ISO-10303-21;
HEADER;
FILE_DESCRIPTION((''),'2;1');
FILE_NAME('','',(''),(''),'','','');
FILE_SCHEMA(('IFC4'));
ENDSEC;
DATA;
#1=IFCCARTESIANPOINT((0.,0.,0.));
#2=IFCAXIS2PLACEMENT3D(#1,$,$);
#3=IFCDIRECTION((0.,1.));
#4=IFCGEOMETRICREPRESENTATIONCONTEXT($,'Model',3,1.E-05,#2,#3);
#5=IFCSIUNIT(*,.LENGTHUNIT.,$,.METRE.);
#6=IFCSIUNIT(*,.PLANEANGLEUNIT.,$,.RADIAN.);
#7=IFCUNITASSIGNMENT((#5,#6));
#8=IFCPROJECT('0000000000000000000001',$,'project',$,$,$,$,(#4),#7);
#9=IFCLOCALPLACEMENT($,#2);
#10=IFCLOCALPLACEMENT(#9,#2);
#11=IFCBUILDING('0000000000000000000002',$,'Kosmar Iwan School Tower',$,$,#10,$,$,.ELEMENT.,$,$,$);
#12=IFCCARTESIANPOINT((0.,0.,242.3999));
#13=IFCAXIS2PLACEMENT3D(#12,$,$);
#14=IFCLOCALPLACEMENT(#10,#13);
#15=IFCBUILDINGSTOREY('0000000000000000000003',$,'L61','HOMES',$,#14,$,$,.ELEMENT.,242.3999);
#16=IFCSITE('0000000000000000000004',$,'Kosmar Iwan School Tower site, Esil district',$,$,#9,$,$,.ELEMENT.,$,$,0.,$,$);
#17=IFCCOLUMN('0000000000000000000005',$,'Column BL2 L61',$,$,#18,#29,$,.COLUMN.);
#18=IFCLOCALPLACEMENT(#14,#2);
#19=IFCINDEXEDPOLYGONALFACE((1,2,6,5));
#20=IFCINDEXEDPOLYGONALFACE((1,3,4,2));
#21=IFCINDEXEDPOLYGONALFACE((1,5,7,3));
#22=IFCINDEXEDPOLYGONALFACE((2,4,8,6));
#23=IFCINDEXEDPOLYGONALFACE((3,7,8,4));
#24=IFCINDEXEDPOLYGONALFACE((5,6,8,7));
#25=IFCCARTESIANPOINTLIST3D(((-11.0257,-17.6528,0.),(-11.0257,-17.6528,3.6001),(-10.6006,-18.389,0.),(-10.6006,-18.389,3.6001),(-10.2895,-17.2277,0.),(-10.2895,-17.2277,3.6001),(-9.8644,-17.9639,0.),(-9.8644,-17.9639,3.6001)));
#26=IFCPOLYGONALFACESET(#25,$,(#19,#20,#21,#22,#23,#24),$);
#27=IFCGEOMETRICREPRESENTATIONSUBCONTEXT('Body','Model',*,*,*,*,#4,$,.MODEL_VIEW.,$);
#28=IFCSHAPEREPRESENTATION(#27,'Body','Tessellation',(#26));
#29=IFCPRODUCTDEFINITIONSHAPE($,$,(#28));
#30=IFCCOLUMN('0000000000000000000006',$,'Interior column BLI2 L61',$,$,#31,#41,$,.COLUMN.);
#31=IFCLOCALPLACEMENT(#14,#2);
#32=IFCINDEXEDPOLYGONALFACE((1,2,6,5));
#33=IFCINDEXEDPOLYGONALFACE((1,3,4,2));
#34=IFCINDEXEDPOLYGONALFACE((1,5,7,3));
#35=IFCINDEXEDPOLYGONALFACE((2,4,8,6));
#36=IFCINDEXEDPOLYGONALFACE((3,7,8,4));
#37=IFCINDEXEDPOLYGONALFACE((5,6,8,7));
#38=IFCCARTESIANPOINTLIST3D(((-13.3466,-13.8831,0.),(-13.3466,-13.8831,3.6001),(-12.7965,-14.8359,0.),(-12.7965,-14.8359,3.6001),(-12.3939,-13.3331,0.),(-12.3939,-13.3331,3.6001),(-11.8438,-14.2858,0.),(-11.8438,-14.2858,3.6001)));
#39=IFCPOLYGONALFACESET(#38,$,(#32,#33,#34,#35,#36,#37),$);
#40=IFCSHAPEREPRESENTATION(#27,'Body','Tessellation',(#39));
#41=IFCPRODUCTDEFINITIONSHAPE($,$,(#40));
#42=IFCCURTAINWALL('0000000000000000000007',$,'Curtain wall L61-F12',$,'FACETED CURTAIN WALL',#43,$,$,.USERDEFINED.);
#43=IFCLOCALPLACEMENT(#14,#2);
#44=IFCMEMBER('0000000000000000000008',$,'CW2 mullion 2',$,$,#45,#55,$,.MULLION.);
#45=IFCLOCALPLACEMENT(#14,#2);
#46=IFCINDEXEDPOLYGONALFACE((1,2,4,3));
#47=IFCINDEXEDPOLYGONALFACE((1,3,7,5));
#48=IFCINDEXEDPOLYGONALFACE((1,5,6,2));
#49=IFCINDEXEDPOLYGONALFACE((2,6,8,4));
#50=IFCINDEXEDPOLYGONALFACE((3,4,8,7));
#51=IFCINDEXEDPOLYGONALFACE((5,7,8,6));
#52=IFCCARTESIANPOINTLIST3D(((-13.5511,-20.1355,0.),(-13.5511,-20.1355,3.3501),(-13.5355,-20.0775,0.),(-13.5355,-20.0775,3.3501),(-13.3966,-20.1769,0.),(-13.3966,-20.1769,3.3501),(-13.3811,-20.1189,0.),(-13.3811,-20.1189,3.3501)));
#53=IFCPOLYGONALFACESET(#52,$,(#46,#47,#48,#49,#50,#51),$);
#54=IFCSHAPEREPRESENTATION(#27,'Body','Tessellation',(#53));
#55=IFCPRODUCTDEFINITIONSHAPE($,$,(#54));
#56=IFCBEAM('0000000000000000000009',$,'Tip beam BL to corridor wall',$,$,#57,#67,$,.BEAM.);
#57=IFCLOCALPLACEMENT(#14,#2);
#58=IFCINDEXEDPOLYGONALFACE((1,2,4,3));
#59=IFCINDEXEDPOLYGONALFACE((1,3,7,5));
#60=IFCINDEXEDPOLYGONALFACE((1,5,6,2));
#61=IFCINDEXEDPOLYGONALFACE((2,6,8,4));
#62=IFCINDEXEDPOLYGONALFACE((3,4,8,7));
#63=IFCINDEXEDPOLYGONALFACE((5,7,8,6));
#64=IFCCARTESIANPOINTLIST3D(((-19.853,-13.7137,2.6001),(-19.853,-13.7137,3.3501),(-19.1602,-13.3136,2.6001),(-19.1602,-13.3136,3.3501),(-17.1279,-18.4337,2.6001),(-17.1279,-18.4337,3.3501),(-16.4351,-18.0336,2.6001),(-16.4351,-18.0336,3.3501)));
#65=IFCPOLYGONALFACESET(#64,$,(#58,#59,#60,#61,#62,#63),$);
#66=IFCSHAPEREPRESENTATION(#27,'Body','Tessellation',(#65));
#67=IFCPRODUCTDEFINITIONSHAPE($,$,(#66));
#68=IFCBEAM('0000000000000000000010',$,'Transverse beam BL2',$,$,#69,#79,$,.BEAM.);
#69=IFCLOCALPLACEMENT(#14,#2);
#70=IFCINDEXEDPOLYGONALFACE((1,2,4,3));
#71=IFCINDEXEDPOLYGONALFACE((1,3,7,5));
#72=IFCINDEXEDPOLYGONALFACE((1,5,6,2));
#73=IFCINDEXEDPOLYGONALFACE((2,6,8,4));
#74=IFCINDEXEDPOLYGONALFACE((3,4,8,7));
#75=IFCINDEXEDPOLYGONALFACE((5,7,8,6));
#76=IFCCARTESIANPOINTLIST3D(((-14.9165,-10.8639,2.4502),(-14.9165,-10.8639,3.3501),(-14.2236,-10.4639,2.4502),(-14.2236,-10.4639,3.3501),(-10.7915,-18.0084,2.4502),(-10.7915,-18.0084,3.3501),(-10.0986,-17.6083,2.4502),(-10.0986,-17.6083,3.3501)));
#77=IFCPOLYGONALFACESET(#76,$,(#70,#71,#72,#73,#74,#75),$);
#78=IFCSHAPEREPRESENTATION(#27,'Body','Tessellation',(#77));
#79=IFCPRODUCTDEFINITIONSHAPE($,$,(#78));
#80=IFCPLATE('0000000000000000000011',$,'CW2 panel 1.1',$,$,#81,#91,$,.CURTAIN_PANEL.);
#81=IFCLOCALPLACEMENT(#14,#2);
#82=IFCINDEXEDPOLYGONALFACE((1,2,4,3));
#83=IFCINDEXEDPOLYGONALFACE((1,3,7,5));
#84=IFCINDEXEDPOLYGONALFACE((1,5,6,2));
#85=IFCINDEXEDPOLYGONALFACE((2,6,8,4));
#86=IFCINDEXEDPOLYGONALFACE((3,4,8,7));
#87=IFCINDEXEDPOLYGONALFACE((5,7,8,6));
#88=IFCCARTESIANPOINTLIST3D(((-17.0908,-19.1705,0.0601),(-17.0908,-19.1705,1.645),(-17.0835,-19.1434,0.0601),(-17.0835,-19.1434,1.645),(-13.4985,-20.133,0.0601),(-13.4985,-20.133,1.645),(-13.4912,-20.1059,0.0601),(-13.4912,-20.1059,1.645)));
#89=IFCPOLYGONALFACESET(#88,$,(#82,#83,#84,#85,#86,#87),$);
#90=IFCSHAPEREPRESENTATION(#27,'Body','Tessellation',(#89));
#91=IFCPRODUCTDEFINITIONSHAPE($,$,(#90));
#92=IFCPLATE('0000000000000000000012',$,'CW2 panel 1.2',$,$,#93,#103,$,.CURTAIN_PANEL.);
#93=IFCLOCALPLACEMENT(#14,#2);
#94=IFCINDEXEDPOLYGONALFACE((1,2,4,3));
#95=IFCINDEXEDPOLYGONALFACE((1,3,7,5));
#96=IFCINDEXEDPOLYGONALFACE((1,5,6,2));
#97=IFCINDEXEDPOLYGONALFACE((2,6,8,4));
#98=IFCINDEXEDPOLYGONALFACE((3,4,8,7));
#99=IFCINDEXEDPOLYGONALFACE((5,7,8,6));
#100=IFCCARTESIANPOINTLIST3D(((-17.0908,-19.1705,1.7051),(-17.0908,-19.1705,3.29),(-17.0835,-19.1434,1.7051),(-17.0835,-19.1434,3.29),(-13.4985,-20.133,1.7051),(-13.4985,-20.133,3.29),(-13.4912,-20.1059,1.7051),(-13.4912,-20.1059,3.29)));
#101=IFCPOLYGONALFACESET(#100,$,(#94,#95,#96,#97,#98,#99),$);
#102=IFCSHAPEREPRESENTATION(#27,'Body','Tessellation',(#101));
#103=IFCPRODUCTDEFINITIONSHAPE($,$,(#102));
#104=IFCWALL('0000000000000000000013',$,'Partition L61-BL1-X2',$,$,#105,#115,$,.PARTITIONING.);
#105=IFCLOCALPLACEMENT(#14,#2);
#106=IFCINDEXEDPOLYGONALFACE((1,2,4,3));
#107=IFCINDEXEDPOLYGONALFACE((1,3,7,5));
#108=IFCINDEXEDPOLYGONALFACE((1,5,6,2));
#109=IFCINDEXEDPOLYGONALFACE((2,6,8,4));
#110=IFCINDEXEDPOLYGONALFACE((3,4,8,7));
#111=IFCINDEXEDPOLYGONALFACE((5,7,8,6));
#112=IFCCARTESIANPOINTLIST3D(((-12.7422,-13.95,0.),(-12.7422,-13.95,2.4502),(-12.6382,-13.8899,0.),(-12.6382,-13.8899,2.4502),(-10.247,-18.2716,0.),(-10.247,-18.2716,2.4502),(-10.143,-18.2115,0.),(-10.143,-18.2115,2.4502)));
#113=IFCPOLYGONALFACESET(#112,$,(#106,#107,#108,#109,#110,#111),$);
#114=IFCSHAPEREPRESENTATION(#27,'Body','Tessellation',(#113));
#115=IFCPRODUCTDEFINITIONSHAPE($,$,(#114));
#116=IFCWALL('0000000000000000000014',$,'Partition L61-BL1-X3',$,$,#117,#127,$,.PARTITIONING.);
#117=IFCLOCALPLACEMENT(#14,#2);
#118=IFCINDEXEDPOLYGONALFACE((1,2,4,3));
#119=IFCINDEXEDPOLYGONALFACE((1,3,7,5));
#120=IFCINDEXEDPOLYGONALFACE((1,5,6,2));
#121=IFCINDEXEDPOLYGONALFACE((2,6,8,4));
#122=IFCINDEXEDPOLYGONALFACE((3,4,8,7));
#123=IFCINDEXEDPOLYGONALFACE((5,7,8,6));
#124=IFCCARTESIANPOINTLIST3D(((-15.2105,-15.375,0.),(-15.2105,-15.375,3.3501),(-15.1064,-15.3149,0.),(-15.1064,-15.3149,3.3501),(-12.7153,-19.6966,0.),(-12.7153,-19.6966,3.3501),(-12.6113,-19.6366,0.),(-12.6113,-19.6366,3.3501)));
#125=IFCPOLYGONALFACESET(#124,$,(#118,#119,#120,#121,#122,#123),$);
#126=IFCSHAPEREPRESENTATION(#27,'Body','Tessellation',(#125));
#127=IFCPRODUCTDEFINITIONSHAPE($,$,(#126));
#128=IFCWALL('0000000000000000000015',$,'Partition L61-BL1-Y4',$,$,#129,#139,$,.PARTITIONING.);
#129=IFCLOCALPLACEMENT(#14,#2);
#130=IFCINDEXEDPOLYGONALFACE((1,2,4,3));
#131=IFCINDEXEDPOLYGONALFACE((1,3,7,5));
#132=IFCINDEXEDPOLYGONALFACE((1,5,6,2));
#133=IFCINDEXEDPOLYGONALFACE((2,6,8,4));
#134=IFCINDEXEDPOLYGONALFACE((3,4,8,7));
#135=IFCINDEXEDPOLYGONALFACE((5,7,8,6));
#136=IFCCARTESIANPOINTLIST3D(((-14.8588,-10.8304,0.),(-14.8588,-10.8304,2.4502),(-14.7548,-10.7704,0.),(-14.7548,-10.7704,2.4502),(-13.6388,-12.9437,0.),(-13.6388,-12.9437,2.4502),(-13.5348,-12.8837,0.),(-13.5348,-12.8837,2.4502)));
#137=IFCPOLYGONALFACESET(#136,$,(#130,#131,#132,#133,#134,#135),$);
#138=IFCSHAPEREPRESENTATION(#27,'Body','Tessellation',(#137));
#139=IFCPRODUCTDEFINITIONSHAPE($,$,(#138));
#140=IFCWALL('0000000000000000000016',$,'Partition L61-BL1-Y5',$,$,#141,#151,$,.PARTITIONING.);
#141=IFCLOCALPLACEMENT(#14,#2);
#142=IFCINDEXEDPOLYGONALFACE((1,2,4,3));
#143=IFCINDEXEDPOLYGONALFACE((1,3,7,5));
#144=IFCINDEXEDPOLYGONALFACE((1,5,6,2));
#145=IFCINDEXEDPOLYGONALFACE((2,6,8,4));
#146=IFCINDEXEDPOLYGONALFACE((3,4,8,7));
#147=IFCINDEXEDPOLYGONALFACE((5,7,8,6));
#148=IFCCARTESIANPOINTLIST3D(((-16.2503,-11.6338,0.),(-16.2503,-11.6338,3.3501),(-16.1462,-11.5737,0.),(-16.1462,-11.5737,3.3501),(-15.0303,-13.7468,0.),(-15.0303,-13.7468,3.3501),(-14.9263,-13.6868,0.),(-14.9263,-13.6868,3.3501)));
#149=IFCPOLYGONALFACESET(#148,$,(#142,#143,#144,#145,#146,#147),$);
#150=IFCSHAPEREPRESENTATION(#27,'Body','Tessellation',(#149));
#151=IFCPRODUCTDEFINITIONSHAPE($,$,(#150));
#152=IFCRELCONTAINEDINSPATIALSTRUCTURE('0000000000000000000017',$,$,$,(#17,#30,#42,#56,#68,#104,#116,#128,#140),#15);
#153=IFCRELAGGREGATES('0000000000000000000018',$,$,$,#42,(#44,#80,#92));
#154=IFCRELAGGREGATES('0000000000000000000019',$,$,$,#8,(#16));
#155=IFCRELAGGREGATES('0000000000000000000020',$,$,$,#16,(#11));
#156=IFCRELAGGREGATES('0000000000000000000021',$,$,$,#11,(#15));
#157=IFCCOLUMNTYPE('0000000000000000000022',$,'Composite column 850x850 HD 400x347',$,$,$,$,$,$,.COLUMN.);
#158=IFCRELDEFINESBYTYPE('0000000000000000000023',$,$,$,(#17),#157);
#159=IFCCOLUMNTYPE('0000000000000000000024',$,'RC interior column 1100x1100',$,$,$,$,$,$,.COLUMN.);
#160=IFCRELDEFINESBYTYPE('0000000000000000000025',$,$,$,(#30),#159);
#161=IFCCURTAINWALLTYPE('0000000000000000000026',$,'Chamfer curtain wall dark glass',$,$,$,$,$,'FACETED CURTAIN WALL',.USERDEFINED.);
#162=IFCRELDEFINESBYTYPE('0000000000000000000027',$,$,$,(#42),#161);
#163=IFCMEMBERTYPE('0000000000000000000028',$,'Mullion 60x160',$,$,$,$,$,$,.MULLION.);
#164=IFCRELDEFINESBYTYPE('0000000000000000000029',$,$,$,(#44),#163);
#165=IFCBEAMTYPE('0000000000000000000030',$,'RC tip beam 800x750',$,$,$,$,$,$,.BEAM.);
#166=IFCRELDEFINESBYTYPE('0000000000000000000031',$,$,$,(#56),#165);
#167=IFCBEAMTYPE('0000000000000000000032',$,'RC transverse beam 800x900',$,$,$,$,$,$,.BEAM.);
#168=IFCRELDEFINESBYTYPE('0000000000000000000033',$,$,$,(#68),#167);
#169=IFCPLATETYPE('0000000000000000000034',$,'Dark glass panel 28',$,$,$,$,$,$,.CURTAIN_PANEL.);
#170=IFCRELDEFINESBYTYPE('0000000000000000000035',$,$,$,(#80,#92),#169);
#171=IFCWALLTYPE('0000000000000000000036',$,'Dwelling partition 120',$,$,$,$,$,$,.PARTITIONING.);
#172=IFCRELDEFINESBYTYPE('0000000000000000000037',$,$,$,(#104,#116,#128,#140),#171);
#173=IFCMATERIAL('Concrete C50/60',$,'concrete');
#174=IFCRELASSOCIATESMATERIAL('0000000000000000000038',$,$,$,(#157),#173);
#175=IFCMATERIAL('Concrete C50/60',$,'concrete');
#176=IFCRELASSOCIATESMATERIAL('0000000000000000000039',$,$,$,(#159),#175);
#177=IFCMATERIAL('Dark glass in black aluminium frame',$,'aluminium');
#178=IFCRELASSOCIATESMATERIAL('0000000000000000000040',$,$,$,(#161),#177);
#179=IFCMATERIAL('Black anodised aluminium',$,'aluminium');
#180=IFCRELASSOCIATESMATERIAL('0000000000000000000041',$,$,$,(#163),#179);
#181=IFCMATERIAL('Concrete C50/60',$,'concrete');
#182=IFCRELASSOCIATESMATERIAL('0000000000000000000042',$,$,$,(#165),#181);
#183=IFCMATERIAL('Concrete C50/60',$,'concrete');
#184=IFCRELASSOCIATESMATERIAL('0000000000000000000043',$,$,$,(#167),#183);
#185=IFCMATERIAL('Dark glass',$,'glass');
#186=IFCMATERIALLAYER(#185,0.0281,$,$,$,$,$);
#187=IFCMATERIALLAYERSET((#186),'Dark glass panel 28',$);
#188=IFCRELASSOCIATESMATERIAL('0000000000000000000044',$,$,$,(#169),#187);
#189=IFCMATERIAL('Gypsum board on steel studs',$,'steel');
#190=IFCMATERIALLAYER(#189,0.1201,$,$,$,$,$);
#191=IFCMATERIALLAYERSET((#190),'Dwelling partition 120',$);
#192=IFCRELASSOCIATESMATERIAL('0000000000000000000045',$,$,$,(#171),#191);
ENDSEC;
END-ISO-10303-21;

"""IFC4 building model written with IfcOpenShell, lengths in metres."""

from ifc_helpers import new_model, si_unit, direction, frame, frame_2d, origin, origin_2d, place, context, subcontext, project, spatial, rectangle, extrude, material, layer, layer_set, material_profile, profile_set, type_object, element, aggregate, save


model = new_model("IFC4")

# Units and contexts
model_context = context("Model", 3, precision=1e-05, world=origin(), true_north=direction((0.0, 1.0)))
body_context = subcontext(model_context, "Body", "Model", "MODEL_VIEW")
ifc_project = project(units=[si_unit("LENGTHUNIT", "METRE"), si_unit("PLANEANGLEUNIT", "RADIAN")], contexts=[model_context])

# Site, building, storey
site_placement = place(None, origin())
site = spatial("IfcSite", under=ifc_project, at=site_placement, Name="Kosmar Iwan School Tower site, Esil district", CompositionType="ELEMENT", RefElevation=0.0)
building_placement = place(site_placement, origin())
building = spatial("IfcBuilding", under=site, at=building_placement, Name="Kosmar Iwan School Tower", CompositionType="ELEMENT")
storey_placement = place(building_placement, frame((0.0, 0.0, 242.3999)))
storey = spatial("IfcBuildingStorey", under=building, at=storey_placement, Name="L61", Description="HOMES", CompositionType="ELEMENT", Elevation=242.3999)

# Columns
ifc_material_1 = material(Name="Concrete C50/60", Category="concrete")
ifc_material_profile_1 = material_profile(ifc_material_1, rectangle(XDim=0.8501, YDim=0.8501, at=origin_2d()), Name="RC 850x850 + HD 400x347")
ifc_profile_set_1 = profile_set([ifc_material_profile_1], Name="Concrete C50/60")
column_type_1 = type_object("IfcColumnType", Name="Composite column 850x850 HD 400x347", PredefinedType="COLUMN", material=ifc_profile_set_1)
column_1_placement = place(storey_placement, frame((-10.4451, -17.8083, 0.0), z_axis=(0.0, 0.0, 1.0), x_axis=(-0.866025, -0.5, 0.0)))
element("IfcColumn", 1, at=column_1_placement, inside=storey, type_object=column_type_1, Name="Column BL2 L61", PredefinedType="COLUMN", context=body_context, shape_type="SweptSolid", body=[
    extrude(rectangle(XDim=0.8501, YDim=0.8501, at=origin_2d()), origin(), (0.0, 0.0, 1.0), 3.6001),
])
ifc_material_2 = material(Name="Concrete C50/60", Category="concrete")
ifc_material_profile_2 = material_profile(ifc_material_2, rectangle(XDim=1.1001, YDim=1.1001, at=origin_2d()), Name="RC 1100x1100")
ifc_profile_set_2 = profile_set([ifc_material_profile_2], Name="Concrete C50/60")
column_type_2 = type_object("IfcColumnType", Name="RC interior column 1100x1100", PredefinedType="COLUMN", material=ifc_profile_set_2)
column_2_placement = place(storey_placement, frame((-12.5952, -14.0845, 0.0), z_axis=(0.0, 0.0, 1.0), x_axis=(-0.866025, -0.5, 0.0)))
element("IfcColumn", 2, at=column_2_placement, inside=storey, type_object=column_type_2, Name="Interior column BLI2 L61", PredefinedType="COLUMN", context=body_context, shape_type="SweptSolid", body=[
    extrude(rectangle(XDim=1.1001, YDim=1.1001, at=origin_2d()), origin(), (0.0, 0.0, 1.0), 3.6001),
])

# Curtain wall, member
ifc_material_3 = material(Name="Dark glass in black aluminium frame", Category="aluminium")
curtain_wall_type = type_object("IfcCurtainWallType", Name="Chamfer curtain wall dark glass", ElementType="FACETED CURTAIN WALL", PredefinedType="USERDEFINED", material=ifc_material_3)
curtain_wall_placement = place(storey_placement, origin())
curtain_wall = element("IfcCurtainWall", 3, at=curtain_wall_placement, inside=storey, type_object=curtain_wall_type, Name="Curtain wall L61-F12", ObjectType="FACETED CURTAIN WALL", PredefinedType="USERDEFINED")
ifc_material_4 = material(Name="Black anodised aluminium", Category="aluminium")
ifc_material_profile_3 = material_profile(ifc_material_4, rectangle(XDim=0.0601, YDim=0.1599, at=origin_2d()), Name="MULLION 60x160")
ifc_profile_set_3 = profile_set([ifc_material_profile_3], Name="Black anodised aluminium")
member_type = type_object("IfcMemberType", Name="Mullion 60x160", PredefinedType="MULLION", material=ifc_profile_set_3)
member_placement = place(storey_placement, frame((-13.4661, -20.1272, 0.0), z_axis=(0.0, 0.0, 1.0), x_axis=(0.258819, 0.965926, 0.0)))
member = element("IfcMember", 4, at=member_placement, type_object=member_type, Name="CW2 mullion 2", PredefinedType="MULLION", context=body_context, shape_type="SweptSolid", body=[
    extrude(rectangle(XDim=0.0601, YDim=0.1599, at=origin_2d()), origin(), (0.0, 0.0, 1.0), 3.3501),
])

# Beams
ifc_material_5 = material(Name="Concrete C50/60", Category="concrete")
ifc_material_profile_4 = material_profile(ifc_material_5, rectangle(XDim=0.8, YDim=0.75, at=origin_2d()), Name="RC 800x750")
ifc_profile_set_4 = profile_set([ifc_material_profile_4], Name="Concrete C50/60")
beam_type_1 = type_object("IfcBeamType", Name="RC tip beam 800x750", PredefinedType="BEAM", material=ifc_profile_set_4)
beam_1_placement = place(storey_placement, frame((-16.7815, -18.2336, 2.9751), z_axis=(-0.500003, 0.866024, 0.0), x_axis=(-0.866024, -0.500003, 0.0)))
element("IfcBeam", 5, at=beam_1_placement, inside=storey, type_object=beam_type_1, Name="Tip beam BL to corridor wall", PredefinedType="BEAM", context=body_context, shape_type="SweptSolid", body=[
    extrude(rectangle(XDim=0.8, YDim=0.75, at=origin_2d()), origin(), (0.0, 0.0, 1.0), 5.4502),
])
ifc_material_6 = material(Name="Concrete C50/60", Category="concrete")
ifc_material_profile_5 = material_profile(ifc_material_6, rectangle(XDim=0.8, YDim=0.8999, at=origin_2d()), Name="RC 800x900")
ifc_profile_set_5 = profile_set([ifc_material_profile_5], Name="Concrete C50/60")
beam_type_2 = type_object("IfcBeamType", Name="RC transverse beam 800x900", PredefinedType="BEAM", material=ifc_profile_set_5)
beam_2_placement = place(storey_placement, frame((-10.4451, -17.8083, 2.9001), z_axis=(-0.500009, 0.86602, 0.0), x_axis=(-0.86602, -0.500009, 0.0)))
element("IfcBeam", 6, at=beam_2_placement, inside=storey, type_object=beam_type_2, Name="Transverse beam BL2", PredefinedType="BEAM", context=body_context, shape_type="SweptSolid", body=[
    extrude(rectangle(XDim=0.8, YDim=0.8999, at=origin_2d()), origin(), (0.0, 0.0, 1.0), 8.2498),
])

# Plates
ifc_material_7 = material(Name="Dark glass", Category="glass")
ifc_layer_1 = layer(ifc_material_7, 0.0281)
ifc_layer_set_1 = layer_set([ifc_layer_1], Name="Dark glass panel 28")
plate_type = type_object("IfcPlateType", Name="Dark glass panel 28", PredefinedType="CURTAIN_PANEL", material=ifc_layer_set_1)
plate_1_placement = place(storey_placement, frame((-15.291, -19.6382, 0.0601), z_axis=(0.0, 0.0, 1.0), x_axis=(0.965926, -0.258819, 0.0)))
plate_1 = element("IfcPlate", 7, at=plate_1_placement, type_object=plate_type, Name="CW2 panel 1.1", PredefinedType="CURTAIN_PANEL", context=body_context, shape_type="SweptSolid", body=[
    extrude(rectangle(XDim=3.719, YDim=0.0281, at=origin_2d()), origin(), (0.0, 0.0, 1.0), 1.585),
])
plate_2_placement = place(storey_placement, frame((-15.291, -19.6382, 1.7051), z_axis=(0.0, 0.0, 1.0), x_axis=(0.965926, -0.258819, 0.0)))
plate_2 = element("IfcPlate", 8, at=plate_2_placement, type_object=plate_type, Name="CW2 panel 1.2", PredefinedType="CURTAIN_PANEL", context=body_context, shape_type="SweptSolid", body=[
    extrude(rectangle(XDim=3.719, YDim=0.0281, at=origin_2d()), origin(), (0.0, 0.0, 1.0), 1.585),
])
aggregate(curtain_wall, [member, plate_1, plate_2])

# Walls
ifc_material_8 = material(Name="Gypsum board on steel studs", Category="steel")
ifc_layer_2 = layer(ifc_material_8, 0.1201)
ifc_layer_set_2 = layer_set([ifc_layer_2], Name="Dwelling partition 120")
wall_type = type_object("IfcWallType", Name="Dwelling partition 120", PredefinedType="PARTITIONING", material=ifc_layer_set_2)
wall_1_placement = place(storey_placement, frame((-12.6902, -13.9199, 0.0), z_axis=(0.0, 0.0, 1.0), x_axis=(0.500012, -0.866019, 0.0)))
element("IfcWall", 9, at=wall_1_placement, inside=storey, type_object=wall_type, Name="Partition L61-BL1-X2", PredefinedType="PARTITIONING", context=body_context, shape_type="SweptSolid", body=[
    extrude(rectangle(XDim=4.9902, YDim=0.1201, at=frame_2d((2.4951, 0.0))), origin(), (0.0, 0.0, 1.0), 2.4502),
])
wall_2_placement = place(storey_placement, frame((-15.1584, -15.345, 0.0), z_axis=(0.0, 0.0, 1.0), x_axis=(0.500012, -0.866019, 0.0)))
element("IfcWall", 10, at=wall_2_placement, inside=storey, type_object=wall_type, Name="Partition L61-BL1-X3", PredefinedType="PARTITIONING", context=body_context, shape_type="SweptSolid", body=[
    extrude(rectangle(XDim=4.9902, YDim=0.1201, at=frame_2d((2.4951, 0.0))), origin(), (0.0, 0.0, 1.0), 3.3501),
])
wall_3_placement = place(storey_placement, frame((-14.8069, -10.8003, 0.0), z_axis=(0.0, 0.0, 1.0), x_axis=(0.499959, -0.866049, 0.0)))
element("IfcWall", 11, at=wall_3_placement, inside=storey, type_object=wall_type, Name="Partition L61-BL1-Y4", PredefinedType="PARTITIONING", context=body_context, shape_type="SweptSolid", body=[
    extrude(rectangle(XDim=2.4402, YDim=0.1201, at=frame_2d((1.2202, 0.0))), origin(), (0.0, 0.0, 1.0), 2.4502),
])
wall_4_placement = place(storey_placement, frame((-16.1982, -11.6038, 0.0), z_axis=(0.0, 0.0, 1.0), x_axis=(0.500003, -0.866024, 0.0)))
element("IfcWall", 12, at=wall_4_placement, inside=storey, type_object=wall_type, Name="Partition L61-BL1-Y5", PredefinedType="PARTITIONING", context=body_context, shape_type="SweptSolid", body=[
    extrude(rectangle(XDim=2.4399, YDim=0.1201, at=frame_2d((1.22, 0.0))), origin(), (0.0, 0.0, 1.0), 3.3501),
])

save(model, "model.ifc")
